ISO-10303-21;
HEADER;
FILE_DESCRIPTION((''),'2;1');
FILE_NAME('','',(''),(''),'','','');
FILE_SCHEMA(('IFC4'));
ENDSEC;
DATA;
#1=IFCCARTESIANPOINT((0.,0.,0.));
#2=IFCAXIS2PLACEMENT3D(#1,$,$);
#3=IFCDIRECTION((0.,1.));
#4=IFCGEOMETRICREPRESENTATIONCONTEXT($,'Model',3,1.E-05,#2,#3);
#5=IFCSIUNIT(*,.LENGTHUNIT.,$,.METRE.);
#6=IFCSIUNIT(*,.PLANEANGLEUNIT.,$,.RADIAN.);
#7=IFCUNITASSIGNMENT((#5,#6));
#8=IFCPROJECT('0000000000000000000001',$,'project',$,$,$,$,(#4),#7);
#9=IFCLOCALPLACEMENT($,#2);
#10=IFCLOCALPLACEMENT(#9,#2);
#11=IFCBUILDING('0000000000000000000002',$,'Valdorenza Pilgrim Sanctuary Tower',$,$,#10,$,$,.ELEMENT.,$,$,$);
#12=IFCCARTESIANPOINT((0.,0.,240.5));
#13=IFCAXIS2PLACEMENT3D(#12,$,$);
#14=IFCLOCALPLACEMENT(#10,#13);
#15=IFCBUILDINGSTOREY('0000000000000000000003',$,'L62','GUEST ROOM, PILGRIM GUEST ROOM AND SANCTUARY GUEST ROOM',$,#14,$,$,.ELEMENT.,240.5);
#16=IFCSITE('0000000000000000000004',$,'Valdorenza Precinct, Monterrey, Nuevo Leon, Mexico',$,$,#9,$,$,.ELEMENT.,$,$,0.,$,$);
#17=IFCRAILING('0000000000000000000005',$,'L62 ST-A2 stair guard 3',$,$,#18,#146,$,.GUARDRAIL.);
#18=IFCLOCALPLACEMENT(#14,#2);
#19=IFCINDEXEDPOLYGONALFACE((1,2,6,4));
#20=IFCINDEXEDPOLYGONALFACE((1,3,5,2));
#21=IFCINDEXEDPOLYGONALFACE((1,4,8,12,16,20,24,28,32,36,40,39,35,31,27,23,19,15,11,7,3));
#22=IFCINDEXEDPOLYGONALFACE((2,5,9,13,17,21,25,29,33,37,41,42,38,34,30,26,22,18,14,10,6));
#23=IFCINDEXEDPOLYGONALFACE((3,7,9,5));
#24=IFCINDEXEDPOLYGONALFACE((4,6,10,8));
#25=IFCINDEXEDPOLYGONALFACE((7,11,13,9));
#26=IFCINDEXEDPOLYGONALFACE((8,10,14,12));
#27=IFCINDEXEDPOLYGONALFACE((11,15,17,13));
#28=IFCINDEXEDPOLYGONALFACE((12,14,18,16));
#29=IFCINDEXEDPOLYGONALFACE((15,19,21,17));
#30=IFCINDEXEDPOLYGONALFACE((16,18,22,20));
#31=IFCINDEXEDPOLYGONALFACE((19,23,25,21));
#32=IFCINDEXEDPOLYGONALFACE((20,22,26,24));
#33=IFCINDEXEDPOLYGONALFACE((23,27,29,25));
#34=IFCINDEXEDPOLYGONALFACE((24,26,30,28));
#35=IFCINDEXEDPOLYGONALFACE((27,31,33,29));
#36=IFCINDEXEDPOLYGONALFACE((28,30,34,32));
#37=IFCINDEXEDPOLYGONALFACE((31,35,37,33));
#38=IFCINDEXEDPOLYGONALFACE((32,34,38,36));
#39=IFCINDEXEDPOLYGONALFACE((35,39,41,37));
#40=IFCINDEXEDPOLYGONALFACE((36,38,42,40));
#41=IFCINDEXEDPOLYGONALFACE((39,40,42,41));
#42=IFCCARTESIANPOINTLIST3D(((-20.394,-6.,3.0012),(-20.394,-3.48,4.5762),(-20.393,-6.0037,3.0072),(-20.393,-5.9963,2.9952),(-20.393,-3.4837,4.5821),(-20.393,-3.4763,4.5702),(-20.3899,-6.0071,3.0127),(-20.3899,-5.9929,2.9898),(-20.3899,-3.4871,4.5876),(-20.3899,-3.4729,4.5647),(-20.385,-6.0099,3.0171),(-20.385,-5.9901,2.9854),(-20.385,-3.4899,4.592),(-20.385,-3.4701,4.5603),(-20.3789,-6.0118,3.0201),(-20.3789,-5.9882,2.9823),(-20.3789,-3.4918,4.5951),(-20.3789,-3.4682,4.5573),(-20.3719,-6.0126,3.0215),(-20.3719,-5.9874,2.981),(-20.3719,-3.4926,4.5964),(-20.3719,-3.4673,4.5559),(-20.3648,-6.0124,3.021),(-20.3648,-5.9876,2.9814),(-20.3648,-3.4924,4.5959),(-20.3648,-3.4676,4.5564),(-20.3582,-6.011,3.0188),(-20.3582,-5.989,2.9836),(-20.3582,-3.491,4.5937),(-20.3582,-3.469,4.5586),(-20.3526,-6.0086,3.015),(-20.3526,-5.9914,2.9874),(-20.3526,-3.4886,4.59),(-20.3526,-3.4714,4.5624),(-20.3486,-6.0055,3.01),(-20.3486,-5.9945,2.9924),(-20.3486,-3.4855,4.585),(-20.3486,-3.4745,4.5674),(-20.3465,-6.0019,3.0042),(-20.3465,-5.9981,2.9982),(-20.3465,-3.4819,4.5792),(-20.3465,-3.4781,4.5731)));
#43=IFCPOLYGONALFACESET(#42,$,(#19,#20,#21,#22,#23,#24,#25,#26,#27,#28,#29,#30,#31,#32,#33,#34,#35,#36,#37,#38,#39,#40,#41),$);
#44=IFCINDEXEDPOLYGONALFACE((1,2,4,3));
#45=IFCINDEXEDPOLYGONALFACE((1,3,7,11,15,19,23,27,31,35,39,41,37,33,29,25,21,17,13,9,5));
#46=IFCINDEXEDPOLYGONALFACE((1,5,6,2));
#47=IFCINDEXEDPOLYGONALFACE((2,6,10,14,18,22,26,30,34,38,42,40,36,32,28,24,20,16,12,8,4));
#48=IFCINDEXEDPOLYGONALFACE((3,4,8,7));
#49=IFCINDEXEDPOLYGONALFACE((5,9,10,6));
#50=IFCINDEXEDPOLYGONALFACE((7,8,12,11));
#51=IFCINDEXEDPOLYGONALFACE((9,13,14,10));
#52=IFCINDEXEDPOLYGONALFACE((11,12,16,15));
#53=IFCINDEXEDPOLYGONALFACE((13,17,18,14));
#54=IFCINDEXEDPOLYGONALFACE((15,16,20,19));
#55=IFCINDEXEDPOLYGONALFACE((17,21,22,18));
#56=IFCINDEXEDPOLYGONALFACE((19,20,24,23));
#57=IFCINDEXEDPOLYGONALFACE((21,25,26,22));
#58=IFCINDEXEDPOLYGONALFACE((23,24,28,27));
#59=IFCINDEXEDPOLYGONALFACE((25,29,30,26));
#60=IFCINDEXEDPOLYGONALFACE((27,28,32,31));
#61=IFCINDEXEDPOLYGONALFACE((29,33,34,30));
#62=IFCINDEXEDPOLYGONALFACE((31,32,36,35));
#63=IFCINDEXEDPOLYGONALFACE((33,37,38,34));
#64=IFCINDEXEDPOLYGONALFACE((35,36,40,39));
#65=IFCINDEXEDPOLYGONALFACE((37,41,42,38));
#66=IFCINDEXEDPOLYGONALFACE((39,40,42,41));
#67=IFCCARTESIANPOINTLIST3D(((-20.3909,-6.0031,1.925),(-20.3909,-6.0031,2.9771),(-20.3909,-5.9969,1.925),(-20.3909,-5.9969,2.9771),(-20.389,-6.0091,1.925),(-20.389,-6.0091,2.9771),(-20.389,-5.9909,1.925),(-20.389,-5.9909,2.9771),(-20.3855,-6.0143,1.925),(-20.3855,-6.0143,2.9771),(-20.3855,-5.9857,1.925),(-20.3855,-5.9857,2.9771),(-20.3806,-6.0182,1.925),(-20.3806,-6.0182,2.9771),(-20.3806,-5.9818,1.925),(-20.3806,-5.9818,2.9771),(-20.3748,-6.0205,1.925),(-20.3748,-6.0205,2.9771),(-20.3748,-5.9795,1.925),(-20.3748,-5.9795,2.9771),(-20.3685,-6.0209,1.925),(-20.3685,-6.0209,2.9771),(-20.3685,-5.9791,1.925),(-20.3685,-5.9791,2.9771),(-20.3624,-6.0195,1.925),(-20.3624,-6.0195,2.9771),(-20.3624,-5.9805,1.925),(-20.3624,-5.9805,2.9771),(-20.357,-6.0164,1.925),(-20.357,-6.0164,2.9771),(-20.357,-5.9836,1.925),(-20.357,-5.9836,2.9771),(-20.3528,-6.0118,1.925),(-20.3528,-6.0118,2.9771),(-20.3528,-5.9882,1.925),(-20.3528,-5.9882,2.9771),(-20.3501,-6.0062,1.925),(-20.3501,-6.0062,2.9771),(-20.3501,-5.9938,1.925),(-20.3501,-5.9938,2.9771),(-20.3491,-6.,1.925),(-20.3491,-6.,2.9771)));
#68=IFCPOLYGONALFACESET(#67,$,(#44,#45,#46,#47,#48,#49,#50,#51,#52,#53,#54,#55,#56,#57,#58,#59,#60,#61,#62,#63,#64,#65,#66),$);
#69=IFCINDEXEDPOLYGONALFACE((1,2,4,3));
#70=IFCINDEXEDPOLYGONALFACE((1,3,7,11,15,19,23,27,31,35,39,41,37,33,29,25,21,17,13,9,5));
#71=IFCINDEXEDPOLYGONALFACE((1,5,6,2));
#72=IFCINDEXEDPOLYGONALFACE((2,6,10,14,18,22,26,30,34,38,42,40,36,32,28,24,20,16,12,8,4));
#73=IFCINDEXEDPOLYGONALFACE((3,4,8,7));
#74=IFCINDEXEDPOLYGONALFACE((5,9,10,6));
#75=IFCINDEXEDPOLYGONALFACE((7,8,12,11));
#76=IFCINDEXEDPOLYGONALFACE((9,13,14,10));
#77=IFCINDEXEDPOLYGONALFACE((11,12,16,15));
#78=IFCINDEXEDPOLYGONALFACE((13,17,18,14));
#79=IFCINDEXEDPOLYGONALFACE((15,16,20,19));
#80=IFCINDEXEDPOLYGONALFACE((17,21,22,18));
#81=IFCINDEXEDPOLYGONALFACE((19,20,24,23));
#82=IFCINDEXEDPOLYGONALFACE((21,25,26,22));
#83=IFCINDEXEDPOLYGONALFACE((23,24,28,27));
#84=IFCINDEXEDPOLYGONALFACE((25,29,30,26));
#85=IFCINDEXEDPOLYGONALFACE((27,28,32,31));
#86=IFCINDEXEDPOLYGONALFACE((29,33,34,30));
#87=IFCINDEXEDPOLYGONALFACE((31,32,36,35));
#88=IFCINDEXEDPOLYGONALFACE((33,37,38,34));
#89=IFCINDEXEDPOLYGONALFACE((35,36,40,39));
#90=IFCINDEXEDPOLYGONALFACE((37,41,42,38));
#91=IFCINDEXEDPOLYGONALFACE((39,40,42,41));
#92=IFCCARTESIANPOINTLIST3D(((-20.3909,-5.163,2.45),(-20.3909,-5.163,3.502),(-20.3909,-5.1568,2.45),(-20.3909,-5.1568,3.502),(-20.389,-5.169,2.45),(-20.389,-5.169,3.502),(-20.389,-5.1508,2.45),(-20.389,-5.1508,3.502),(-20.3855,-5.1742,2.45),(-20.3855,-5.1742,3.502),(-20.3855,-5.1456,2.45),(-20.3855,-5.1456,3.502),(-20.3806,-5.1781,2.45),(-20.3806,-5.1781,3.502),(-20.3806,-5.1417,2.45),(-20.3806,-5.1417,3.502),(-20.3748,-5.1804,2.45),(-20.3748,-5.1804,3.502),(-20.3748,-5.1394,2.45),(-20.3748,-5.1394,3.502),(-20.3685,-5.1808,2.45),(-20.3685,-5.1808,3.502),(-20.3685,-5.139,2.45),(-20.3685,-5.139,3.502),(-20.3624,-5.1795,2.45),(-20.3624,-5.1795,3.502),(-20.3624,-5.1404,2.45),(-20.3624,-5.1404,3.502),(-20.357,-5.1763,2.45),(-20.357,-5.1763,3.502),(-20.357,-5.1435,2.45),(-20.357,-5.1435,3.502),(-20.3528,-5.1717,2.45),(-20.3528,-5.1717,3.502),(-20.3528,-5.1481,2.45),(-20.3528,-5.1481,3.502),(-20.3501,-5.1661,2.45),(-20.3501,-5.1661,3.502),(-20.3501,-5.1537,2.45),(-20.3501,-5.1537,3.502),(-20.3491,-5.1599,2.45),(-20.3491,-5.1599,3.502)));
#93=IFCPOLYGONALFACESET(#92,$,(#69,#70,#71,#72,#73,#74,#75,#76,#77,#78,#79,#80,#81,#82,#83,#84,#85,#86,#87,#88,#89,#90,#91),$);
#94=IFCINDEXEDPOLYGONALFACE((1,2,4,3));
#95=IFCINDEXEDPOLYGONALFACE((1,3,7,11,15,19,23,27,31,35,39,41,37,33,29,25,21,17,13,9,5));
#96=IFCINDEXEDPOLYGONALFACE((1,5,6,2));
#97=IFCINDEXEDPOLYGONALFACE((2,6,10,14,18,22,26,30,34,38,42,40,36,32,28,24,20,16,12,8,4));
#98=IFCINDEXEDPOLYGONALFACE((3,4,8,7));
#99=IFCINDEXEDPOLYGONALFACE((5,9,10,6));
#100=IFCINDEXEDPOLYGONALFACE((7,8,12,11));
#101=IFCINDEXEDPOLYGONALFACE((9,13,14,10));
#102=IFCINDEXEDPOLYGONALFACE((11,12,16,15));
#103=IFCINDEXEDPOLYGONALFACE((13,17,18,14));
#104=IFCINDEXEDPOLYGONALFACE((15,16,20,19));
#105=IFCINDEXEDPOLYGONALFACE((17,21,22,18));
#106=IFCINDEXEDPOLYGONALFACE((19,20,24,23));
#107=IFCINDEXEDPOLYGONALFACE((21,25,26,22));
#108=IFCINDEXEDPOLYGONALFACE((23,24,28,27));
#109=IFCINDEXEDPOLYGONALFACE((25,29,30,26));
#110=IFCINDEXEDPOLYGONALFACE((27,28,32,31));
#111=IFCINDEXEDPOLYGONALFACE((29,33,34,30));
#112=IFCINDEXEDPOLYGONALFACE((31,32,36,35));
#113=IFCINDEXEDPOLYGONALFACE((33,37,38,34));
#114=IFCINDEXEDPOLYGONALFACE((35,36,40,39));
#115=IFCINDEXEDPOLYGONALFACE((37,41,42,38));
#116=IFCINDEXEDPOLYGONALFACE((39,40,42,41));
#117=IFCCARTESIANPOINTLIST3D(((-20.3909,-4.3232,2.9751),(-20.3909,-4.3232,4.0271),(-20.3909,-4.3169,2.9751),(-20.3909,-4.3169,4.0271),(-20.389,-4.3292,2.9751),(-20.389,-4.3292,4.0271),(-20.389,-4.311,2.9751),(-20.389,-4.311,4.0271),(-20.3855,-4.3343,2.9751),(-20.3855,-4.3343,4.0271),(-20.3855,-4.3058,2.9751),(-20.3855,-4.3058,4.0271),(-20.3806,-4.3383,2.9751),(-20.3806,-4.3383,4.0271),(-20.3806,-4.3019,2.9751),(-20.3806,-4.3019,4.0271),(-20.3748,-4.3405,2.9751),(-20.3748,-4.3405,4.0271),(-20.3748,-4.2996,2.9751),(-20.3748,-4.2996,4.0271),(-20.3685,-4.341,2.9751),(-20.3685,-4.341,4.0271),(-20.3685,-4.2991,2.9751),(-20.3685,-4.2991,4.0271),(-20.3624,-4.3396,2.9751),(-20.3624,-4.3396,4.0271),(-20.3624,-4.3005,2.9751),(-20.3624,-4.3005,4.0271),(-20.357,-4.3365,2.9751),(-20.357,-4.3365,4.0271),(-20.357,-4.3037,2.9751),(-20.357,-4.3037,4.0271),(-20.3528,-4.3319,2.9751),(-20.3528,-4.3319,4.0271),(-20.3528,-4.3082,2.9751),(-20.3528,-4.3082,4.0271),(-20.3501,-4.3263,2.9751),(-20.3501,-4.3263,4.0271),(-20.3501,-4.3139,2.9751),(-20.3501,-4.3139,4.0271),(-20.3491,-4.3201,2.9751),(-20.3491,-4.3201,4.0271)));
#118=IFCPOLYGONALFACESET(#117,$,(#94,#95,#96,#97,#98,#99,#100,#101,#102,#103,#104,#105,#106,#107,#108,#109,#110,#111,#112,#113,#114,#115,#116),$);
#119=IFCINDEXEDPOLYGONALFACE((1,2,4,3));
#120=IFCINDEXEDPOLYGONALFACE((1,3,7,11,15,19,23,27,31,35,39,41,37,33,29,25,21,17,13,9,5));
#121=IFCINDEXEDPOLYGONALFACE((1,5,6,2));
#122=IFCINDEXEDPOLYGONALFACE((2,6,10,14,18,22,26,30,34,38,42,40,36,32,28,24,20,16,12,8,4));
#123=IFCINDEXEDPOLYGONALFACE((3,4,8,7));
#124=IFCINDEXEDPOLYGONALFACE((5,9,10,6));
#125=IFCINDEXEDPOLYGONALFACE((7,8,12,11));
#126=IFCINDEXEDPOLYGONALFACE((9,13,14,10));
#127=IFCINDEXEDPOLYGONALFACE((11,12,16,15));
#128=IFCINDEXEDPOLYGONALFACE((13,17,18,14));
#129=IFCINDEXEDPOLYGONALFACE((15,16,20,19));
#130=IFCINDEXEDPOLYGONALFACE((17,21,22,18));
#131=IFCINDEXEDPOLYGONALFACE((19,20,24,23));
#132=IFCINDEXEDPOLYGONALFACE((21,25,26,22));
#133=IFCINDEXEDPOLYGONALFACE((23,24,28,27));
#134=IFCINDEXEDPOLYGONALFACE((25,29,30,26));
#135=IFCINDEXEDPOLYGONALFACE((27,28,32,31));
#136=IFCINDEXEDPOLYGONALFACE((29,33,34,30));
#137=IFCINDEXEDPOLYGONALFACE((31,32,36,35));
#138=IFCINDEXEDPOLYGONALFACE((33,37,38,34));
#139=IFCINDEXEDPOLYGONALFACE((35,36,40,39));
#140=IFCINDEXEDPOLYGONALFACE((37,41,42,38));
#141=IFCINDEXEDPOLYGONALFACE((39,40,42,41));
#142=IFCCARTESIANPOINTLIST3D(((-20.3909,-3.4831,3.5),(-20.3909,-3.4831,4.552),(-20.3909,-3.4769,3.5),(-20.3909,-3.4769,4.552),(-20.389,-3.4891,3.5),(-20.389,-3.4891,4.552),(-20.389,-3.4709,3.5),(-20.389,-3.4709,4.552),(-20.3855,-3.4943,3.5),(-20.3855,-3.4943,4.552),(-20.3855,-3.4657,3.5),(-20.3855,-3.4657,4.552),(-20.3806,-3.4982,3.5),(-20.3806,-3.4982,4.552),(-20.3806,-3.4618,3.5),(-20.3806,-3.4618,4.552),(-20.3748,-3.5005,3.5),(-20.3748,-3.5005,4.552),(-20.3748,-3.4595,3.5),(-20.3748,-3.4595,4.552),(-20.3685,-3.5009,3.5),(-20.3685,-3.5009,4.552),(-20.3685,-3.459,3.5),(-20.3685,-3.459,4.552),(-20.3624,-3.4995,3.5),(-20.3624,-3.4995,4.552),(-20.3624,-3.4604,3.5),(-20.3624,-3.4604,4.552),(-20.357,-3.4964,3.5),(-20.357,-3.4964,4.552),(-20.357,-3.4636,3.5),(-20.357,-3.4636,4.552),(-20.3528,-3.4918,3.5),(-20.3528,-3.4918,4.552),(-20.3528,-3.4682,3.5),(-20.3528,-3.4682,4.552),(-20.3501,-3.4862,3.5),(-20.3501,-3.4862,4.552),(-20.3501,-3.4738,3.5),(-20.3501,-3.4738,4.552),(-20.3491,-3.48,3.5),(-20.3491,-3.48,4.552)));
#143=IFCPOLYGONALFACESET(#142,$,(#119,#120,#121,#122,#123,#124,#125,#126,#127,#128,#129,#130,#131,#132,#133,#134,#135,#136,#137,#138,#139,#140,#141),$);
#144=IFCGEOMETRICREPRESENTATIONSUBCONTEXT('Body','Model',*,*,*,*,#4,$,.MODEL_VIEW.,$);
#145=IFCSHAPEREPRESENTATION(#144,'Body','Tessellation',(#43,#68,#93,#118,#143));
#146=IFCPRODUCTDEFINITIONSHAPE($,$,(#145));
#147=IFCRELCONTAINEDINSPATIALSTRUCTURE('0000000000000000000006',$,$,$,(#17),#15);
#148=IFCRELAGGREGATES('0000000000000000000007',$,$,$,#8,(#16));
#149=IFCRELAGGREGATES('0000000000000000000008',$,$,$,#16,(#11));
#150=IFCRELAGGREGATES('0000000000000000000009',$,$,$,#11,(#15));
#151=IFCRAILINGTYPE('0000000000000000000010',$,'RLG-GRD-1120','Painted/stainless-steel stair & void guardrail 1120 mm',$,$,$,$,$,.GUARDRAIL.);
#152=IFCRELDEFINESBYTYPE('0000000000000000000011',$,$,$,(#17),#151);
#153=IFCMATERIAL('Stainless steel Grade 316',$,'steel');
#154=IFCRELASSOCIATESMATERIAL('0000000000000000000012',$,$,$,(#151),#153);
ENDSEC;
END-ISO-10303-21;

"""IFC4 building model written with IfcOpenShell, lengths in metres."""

from ifc_helpers import new_model, si_unit, direction, frame, origin, origin_2d, place, context, subcontext, project, spatial, circle, extrude, material, type_object, element, save


model = new_model("IFC4")

# Units and contexts
model_context = context("Model", 3, precision=1e-05, world=origin(), true_north=direction((0.0, 1.0)))
body_context = subcontext(model_context, "Body", "Model", "MODEL_VIEW")
ifc_project = project(units=[si_unit("LENGTHUNIT", "METRE"), si_unit("PLANEANGLEUNIT", "RADIAN")], contexts=[model_context])

# Site, building, storey
site_placement = place(None, origin())
site = spatial("IfcSite", under=ifc_project, at=site_placement, Name="Valdorenza Precinct, Monterrey, Nuevo Leon, Mexico", CompositionType="ELEMENT", RefElevation=0.0)
building_placement = place(site_placement, origin())
building = spatial("IfcBuilding", under=site, at=building_placement, Name="Valdorenza Pilgrim Sanctuary Tower", CompositionType="ELEMENT")
storey_placement = place(building_placement, frame((0.0, 0.0, 240.5)))
storey = spatial("IfcBuildingStorey", under=building, at=storey_placement, Name="L62", Description="GUEST ROOM, PILGRIM GUEST ROOM AND SANCTUARY GUEST ROOM", CompositionType="ELEMENT", Elevation=240.5)

# Railing
ifc_material_1 = material(Name="Stainless steel Grade 316", Category="steel")
railing_type_1 = type_object("IfcRailingType", Name="RLG-GRD-1120", Description="Painted/stainless-steel stair & void guardrail 1120 mm", PredefinedType="GUARDRAIL", material=ifc_material_1)
railing_1_placement = place(storey_placement, frame((-20.3701, -6.0, 1.925)))
element("IfcRailing", 1, at=railing_1_placement, inside=storey, type_object=railing_type_1, Name="L62 ST-A2 stair guard 3", PredefinedType="GUARDRAIL", context=body_context, shape_type="SweptSolid", body=[
    extrude(circle(Radius=0.0239, at=origin_2d()), frame((0.0, 0.0, 1.0762), z_axis=(0.0, 0.848008, 0.529984), x_axis=(-1.0, 0.0, 0.0)), (0.0, 0.0, 1.0), 2.9717),
    extrude(circle(Radius=0.021, at=origin_2d()), origin(), (0.0, 0.0, 1.0), 1.052),
    extrude(circle(Radius=0.021, at=origin_2d()), frame((0.0, 0.8401, 0.5249)), (0.0, 0.0, 1.0), 1.052),
    extrude(circle(Radius=0.021, at=origin_2d()), frame((0.0, 1.6799, 1.05)), (0.0, 0.0, 1.0), 1.052),
    extrude(circle(Radius=0.021, at=origin_2d()), frame((0.0, 2.52, 1.575)), (0.0, 0.0, 1.0), 1.052),
])

save(model, "model.ifc")
